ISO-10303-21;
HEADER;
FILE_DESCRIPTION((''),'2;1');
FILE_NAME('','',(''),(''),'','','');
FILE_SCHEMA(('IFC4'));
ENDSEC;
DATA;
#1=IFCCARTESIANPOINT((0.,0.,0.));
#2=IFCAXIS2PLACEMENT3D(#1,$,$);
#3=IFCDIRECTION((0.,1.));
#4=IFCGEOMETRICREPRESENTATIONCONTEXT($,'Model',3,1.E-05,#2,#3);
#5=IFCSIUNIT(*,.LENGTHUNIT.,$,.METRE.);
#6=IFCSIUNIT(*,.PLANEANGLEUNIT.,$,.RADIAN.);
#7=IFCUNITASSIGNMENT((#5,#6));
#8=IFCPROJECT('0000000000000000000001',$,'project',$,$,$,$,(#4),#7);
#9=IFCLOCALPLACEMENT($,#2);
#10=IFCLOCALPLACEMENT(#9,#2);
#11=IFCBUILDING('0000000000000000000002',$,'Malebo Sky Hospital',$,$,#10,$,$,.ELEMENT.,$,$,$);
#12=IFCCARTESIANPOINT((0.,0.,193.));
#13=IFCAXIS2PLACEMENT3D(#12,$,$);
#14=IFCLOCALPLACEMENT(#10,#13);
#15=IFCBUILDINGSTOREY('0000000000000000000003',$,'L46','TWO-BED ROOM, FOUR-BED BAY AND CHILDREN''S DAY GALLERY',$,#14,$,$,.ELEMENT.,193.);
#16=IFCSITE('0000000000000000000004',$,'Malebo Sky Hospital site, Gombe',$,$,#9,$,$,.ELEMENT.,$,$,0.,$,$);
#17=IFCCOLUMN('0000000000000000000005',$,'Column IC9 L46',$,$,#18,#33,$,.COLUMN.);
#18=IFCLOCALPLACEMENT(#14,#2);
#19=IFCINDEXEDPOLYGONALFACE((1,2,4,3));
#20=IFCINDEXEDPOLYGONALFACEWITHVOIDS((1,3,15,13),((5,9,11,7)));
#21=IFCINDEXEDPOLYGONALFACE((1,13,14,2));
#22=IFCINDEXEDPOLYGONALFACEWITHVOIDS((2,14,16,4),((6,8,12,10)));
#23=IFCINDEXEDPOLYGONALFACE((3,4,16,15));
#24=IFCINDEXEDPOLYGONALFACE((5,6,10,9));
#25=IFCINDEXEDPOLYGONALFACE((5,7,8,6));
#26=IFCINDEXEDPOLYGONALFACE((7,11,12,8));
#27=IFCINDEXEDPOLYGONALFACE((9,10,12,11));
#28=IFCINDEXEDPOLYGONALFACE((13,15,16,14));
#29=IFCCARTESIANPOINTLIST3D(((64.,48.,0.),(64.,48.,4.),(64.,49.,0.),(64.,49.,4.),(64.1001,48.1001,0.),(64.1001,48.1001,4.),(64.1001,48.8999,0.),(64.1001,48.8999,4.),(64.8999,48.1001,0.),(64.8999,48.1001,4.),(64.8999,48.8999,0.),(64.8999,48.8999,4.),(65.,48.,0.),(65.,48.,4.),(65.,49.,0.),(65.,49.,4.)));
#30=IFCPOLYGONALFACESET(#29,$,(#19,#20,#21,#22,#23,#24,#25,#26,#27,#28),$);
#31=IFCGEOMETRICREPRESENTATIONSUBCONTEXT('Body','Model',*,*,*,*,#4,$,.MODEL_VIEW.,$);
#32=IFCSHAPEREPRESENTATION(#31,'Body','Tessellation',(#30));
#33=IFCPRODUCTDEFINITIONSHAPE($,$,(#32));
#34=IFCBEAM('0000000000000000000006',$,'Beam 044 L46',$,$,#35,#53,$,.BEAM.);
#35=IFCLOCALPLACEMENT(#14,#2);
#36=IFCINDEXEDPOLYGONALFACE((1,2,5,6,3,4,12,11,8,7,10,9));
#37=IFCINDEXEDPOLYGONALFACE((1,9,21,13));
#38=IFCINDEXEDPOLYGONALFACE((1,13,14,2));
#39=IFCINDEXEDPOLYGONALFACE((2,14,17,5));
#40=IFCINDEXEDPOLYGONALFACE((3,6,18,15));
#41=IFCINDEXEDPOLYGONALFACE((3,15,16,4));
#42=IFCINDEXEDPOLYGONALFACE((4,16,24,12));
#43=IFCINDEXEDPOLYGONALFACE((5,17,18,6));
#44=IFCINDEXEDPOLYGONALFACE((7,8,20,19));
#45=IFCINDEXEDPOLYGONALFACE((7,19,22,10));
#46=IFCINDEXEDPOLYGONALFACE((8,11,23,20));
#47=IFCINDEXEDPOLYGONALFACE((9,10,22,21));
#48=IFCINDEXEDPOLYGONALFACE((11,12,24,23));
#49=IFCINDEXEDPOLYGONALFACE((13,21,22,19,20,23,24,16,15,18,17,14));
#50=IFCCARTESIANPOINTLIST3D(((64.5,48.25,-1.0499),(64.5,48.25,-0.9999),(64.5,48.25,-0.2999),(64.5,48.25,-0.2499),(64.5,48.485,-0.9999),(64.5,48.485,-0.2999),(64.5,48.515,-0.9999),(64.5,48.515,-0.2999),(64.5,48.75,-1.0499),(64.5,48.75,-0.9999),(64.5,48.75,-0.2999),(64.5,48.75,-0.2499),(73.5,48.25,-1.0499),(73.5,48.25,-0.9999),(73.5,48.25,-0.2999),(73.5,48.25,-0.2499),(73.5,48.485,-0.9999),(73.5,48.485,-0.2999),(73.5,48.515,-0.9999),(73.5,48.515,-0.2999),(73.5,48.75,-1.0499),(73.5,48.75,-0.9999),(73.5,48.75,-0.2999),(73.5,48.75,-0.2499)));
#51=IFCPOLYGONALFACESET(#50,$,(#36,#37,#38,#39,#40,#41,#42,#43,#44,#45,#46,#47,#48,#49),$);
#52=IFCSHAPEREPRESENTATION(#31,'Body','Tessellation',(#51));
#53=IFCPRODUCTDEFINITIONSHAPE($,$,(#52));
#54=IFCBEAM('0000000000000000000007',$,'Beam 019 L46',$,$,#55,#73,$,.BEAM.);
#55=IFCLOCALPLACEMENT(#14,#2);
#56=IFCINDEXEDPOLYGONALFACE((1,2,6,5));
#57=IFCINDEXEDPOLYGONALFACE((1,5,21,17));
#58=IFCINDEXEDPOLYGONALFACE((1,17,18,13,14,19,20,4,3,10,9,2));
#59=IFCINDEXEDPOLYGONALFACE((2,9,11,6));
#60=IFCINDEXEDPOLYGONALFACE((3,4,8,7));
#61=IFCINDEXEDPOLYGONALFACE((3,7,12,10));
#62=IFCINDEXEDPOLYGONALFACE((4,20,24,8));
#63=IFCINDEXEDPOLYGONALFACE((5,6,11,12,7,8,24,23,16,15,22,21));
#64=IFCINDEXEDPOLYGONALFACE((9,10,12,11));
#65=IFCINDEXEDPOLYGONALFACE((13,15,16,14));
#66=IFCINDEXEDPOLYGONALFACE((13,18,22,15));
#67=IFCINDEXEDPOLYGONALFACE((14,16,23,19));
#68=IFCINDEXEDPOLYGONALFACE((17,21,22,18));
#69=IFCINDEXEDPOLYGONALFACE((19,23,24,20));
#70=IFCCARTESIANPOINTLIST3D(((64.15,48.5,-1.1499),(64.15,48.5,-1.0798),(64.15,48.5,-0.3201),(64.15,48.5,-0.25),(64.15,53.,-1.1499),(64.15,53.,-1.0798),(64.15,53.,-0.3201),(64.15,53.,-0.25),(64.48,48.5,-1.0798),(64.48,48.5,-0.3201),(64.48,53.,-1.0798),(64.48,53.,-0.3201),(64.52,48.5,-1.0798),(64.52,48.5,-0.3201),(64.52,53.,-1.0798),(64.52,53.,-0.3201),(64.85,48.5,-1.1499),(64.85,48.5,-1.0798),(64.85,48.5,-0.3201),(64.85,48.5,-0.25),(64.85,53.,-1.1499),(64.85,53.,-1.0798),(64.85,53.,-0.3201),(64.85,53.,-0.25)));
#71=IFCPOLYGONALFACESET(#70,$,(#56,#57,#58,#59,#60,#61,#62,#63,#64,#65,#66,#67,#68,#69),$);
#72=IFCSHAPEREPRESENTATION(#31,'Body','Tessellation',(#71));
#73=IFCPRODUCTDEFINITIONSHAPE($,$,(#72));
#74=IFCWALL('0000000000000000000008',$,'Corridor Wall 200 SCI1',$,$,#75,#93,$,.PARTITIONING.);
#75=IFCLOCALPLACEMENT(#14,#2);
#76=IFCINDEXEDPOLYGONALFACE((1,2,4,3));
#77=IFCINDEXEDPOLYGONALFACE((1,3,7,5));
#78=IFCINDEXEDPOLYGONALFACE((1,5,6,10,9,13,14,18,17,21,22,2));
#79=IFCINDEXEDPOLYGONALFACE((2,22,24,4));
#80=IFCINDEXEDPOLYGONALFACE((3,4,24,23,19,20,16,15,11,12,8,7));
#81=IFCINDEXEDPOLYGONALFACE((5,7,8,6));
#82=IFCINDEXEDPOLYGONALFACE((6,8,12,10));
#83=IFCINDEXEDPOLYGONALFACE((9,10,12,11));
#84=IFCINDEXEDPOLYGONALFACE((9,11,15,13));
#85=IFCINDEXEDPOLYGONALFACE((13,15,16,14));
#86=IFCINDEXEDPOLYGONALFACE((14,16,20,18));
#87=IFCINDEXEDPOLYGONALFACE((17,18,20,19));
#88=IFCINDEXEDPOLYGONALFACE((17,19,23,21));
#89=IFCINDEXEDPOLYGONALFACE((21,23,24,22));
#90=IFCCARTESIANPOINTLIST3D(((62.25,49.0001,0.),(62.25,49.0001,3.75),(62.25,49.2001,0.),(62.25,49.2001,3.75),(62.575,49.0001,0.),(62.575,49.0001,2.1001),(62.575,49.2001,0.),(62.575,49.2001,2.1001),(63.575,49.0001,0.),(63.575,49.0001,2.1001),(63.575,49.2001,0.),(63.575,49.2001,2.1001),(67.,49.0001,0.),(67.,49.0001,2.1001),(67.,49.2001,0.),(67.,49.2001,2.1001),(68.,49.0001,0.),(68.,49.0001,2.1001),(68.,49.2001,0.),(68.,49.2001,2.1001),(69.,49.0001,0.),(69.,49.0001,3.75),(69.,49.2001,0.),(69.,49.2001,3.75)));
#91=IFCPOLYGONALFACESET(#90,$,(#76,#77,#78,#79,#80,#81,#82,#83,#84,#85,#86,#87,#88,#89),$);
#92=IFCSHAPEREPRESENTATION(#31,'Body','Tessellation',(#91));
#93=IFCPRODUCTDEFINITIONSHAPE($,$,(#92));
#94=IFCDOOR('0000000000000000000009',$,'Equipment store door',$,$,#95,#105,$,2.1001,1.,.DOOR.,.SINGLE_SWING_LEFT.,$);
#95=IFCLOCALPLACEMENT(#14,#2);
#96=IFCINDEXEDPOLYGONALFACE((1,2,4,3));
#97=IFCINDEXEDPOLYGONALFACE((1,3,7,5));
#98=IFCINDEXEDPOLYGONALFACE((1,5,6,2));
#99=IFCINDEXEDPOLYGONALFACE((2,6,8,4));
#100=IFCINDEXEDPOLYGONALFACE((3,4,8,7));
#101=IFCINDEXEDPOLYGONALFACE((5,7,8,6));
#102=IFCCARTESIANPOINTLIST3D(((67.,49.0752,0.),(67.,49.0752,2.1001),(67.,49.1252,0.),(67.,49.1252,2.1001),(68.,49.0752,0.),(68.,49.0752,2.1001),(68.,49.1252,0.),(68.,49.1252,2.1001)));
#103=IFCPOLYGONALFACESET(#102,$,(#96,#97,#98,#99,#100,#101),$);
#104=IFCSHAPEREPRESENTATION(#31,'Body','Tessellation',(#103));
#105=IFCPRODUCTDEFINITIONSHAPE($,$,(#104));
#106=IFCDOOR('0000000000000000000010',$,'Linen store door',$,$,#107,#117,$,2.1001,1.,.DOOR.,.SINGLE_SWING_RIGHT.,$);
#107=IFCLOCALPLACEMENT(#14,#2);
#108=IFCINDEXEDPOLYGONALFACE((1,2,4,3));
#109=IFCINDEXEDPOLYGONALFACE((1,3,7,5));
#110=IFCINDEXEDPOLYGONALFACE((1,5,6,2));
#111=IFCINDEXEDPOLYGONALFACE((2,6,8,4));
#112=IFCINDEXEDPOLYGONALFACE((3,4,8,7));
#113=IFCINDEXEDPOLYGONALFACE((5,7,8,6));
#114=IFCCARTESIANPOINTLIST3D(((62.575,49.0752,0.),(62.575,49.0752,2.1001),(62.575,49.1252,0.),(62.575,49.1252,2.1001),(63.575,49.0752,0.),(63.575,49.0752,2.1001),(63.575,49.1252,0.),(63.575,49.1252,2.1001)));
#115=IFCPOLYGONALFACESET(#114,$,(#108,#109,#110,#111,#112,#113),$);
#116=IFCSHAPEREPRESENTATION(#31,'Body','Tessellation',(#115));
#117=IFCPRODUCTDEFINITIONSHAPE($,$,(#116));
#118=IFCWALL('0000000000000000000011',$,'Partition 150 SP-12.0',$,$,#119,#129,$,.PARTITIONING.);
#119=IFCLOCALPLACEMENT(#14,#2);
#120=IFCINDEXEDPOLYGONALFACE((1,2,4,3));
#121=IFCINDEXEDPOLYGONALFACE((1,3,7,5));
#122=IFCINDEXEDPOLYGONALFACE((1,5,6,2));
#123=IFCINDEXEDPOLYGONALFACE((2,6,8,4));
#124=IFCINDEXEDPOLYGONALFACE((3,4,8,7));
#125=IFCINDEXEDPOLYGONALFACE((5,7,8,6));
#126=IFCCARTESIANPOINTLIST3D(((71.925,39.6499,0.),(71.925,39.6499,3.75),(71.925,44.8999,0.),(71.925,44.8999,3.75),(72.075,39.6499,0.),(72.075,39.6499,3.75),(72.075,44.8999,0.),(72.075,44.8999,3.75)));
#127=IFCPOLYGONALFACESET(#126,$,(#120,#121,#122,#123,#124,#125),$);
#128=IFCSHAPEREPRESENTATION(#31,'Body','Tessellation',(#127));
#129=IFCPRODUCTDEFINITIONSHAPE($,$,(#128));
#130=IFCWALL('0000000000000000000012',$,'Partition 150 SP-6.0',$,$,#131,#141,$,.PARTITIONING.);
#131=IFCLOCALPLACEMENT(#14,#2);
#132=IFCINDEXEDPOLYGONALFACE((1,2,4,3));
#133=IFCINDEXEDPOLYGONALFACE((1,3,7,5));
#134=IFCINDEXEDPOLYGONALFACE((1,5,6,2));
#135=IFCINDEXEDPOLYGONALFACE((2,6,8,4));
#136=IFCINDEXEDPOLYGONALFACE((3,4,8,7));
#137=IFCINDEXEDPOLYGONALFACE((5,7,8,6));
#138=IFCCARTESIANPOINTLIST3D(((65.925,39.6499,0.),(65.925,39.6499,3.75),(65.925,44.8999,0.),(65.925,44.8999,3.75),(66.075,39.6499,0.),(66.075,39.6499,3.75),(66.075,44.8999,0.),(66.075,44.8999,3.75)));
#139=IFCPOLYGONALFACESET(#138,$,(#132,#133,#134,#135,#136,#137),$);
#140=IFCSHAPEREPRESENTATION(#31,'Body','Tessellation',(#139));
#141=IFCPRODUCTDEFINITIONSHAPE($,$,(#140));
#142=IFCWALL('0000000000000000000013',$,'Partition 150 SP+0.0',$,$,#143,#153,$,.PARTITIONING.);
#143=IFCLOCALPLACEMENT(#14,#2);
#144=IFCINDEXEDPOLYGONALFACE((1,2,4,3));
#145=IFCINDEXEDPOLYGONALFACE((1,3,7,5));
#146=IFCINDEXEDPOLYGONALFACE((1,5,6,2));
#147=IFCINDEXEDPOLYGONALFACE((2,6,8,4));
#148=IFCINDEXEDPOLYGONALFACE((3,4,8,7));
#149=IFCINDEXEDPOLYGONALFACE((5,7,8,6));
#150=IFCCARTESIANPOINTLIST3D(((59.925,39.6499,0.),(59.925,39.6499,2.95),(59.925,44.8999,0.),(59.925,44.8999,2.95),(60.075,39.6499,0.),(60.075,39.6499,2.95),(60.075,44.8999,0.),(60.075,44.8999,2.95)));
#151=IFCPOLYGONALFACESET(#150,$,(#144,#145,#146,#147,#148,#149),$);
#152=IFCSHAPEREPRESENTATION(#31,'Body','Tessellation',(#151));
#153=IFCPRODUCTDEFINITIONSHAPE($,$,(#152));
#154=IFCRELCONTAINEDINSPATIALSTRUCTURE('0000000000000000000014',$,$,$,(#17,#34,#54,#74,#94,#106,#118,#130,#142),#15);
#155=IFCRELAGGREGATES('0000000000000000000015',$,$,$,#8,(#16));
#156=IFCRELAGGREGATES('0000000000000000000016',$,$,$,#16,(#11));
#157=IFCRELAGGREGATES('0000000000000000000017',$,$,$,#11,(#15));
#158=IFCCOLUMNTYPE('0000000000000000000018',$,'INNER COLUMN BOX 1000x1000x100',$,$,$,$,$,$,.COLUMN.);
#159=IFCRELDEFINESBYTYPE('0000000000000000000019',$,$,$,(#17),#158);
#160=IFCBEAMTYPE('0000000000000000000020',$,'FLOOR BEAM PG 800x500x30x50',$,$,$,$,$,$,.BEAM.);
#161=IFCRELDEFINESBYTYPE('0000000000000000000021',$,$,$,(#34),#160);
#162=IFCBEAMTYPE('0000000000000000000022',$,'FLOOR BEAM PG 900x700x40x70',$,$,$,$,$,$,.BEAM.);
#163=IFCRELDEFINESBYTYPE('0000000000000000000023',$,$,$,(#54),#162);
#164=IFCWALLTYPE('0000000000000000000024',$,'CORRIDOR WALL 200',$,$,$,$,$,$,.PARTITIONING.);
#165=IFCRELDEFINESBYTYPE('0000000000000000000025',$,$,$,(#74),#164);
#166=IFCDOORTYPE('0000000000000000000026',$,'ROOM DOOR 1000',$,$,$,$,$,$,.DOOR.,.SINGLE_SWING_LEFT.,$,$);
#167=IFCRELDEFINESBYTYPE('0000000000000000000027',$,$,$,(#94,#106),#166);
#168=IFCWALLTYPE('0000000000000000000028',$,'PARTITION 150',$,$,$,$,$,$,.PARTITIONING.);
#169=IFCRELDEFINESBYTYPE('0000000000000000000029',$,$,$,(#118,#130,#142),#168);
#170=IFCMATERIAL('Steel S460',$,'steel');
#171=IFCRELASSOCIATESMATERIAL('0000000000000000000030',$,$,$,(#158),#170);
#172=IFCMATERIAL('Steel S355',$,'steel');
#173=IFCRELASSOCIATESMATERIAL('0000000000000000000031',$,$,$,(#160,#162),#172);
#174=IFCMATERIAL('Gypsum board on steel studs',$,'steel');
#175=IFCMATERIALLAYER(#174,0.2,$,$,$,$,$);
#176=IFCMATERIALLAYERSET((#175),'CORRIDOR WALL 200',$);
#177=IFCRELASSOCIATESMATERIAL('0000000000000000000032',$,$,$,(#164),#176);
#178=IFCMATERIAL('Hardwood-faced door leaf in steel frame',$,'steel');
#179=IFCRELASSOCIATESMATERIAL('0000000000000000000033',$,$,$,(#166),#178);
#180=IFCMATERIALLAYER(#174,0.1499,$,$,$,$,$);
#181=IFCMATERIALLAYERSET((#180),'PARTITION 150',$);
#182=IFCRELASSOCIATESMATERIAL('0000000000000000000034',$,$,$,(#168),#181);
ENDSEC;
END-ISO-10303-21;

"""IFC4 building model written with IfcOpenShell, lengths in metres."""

from ifc_helpers import new_model, si_unit, direction, frame, frame_2d, origin, origin_2d, place, context, subcontext, project, spatial, rectangle, hollow_rectangle, i_section, extrude, material, layer, layer_set, material_profile, profile_set, type_object, element, fill, save


model = new_model("IFC4")

# Units and contexts
model_context = context("Model", 3, precision=1e-05, world=origin(), true_north=direction((0.0, 1.0)))
body_context = subcontext(model_context, "Body", "Model", "MODEL_VIEW")
ifc_project = project(units=[si_unit("LENGTHUNIT", "METRE"), si_unit("PLANEANGLEUNIT", "RADIAN")], contexts=[model_context])

# Site, building, storey
site_placement = place(None, origin())
site = spatial("IfcSite", under=ifc_project, at=site_placement, Name="Malebo Sky Hospital site, Gombe", CompositionType="ELEMENT", RefElevation=0.0)
building_placement = place(site_placement, origin())
building = spatial("IfcBuilding", under=site, at=building_placement, Name="Malebo Sky Hospital", CompositionType="ELEMENT")
storey_placement = place(building_placement, frame((0.0, 0.0, 193.0)))
storey = spatial("IfcBuildingStorey", under=building, at=storey_placement, Name="L46", Description="TWO-BED ROOM, FOUR-BED BAY AND CHILDREN'S DAY GALLERY", CompositionType="ELEMENT", Elevation=193.0)

# Column
ifc_material_1 = material(Name="Steel S460", Category="steel")
ifc_material_profile_1 = material_profile(ifc_material_1, hollow_rectangle(XDim=1.0, YDim=1.0, WallThickness=0.1001, at=origin_2d()), Name="BOX 1000x1000x100")
ifc_profile_set_1 = profile_set([ifc_material_profile_1], Name="Steel S460")
column_type = type_object("IfcColumnType", Name="INNER COLUMN BOX 1000x1000x100", PredefinedType="COLUMN", material=ifc_profile_set_1)
column_placement = place(storey_placement, frame((64.5, 48.5, 0.0), z_axis=(0.0, 0.0, 1.0), x_axis=(1.0, 0.0, 0.0)))
element("IfcColumn", 1, at=column_placement, inside=storey, type_object=column_type, Name="Column IC9 L46", PredefinedType="COLUMN", context=body_context, shape_type="SweptSolid", body=[
    extrude(hollow_rectangle(XDim=1.0, YDim=1.0, WallThickness=0.1001, at=origin_2d()), origin(), (0.0, 0.0, 1.0), 4.0),
])

# Beams
ifc_material_2 = material(Name="Steel S355", Category="steel")
ifc_material_profile_2 = material_profile(ifc_material_2, i_section(OverallWidth=0.5, OverallDepth=0.8, WebThickness=0.03, FlangeThickness=0.05, at=origin_2d()), Name="PG 800x500x30x50")
ifc_profile_set_2 = profile_set([ifc_material_profile_2], Name="Steel S355")
beam_type_1 = type_object("IfcBeamType", Name="FLOOR BEAM PG 800x500x30x50", PredefinedType="BEAM", material=ifc_profile_set_2)
beam_1_placement = place(storey_placement, frame((64.5, 48.5, -0.6499), z_axis=(1.0, 0.0, 0.0), x_axis=(0.0, 1.0, 0.0)))
element("IfcBeam", 2, at=beam_1_placement, inside=storey, type_object=beam_type_1, Name="Beam 044 L46", PredefinedType="BEAM", context=body_context, shape_type="SweptSolid", body=[
    extrude(i_section(OverallWidth=0.5, OverallDepth=0.8, WebThickness=0.03, FlangeThickness=0.05, at=origin_2d()), origin(), (0.0, 0.0, 1.0), 9.0),
])
ifc_material_profile_3 = material_profile(ifc_material_2, i_section(OverallWidth=0.7, OverallDepth=0.8999, WebThickness=0.04, FlangeThickness=0.0701, at=origin_2d()), Name="PG 900x700x40x70")
ifc_profile_set_3 = profile_set([ifc_material_profile_3], Name="Steel S355")
beam_type_2 = type_object("IfcBeamType", Name="FLOOR BEAM PG 900x700x40x70", PredefinedType="BEAM", material=ifc_profile_set_3)
beam_2_placement = place(storey_placement, frame((64.5, 48.5, -0.7), z_axis=(0.0, 1.0, 0.0), x_axis=(-1.0, 0.0, 0.0)))
element("IfcBeam", 3, at=beam_2_placement, inside=storey, type_object=beam_type_2, Name="Beam 019 L46", PredefinedType="BEAM", context=body_context, shape_type="SweptSolid", body=[
    extrude(i_section(OverallWidth=0.7, OverallDepth=0.8999, WebThickness=0.04, FlangeThickness=0.0701, at=origin_2d()), origin(), (0.0, 0.0, 1.0), 4.5),
])

# Wall, openings, doors
ifc_material_3 = material(Name="Gypsum board on steel studs", Category="steel")
ifc_layer_1 = layer(ifc_material_3, 0.2)
ifc_layer_set_1 = layer_set([ifc_layer_1], Name="CORRIDOR WALL 200")
wall_type_1 = type_object("IfcWallType", Name="CORRIDOR WALL 200", PredefinedType="PARTITIONING", material=ifc_layer_set_1)
wall_1_placement = place(storey_placement, frame((69.0, 49.1001, 0.0), z_axis=(0.0, 0.0, 1.0), x_axis=(-1.0, 0.0, 0.0)))
wall_1 = element("IfcWall", 4, at=wall_1_placement, inside=storey, type_object=wall_type_1, Name="Corridor Wall 200 SCI1", PredefinedType="PARTITIONING", context=body_context, shape_type="SweptSolid", body=[
    extrude(rectangle(XDim=6.75, YDim=0.2, at=frame_2d((3.375, 0.0))), origin(), (0.0, 0.0, 1.0), 3.75),
])
opening_1_placement = place(wall_1_placement, frame((1.0, 0.0, 0.0)))
opening_1 = element("IfcOpeningElement", 5, at=opening_1_placement, cuts=wall_1, PredefinedType="OPENING", context=body_context, shape_type="SweptSolid", body=[
    extrude(rectangle(XDim=1.0, YDim=2.1001, at=frame_2d((0.5, 1.05))), frame((0.0, 0.1099, 0.0), z_axis=(0.0, -1.0, 0.0), x_axis=(1.0, 0.0, 0.0)), (0.0, 0.0, 1.0), 0.22),
])
opening_2_placement = place(wall_1_placement, frame((5.425, 0.0, 0.0)))
opening_2 = element("IfcOpeningElement", 6, at=opening_2_placement, cuts=wall_1, PredefinedType="OPENING", context=body_context, shape_type="SweptSolid", body=[
    extrude(rectangle(XDim=1.0, YDim=2.1001, at=frame_2d((0.5, 1.05))), frame((0.0, 0.1099, 0.0), z_axis=(0.0, -1.0, 0.0), x_axis=(1.0, 0.0, 0.0)), (0.0, 0.0, 1.0), 0.22),
])
ifc_material_4 = material(Name="Hardwood-faced door leaf in steel frame", Category="steel")
door_type_1 = type_object("IfcDoorType", Name="ROOM DOOR 1000", OperationType="SINGLE_SWING_LEFT", PredefinedType="DOOR", material=ifc_material_4)
door_1_placement = place(opening_1_placement, origin())
door_1 = element("IfcDoor", 7, at=door_1_placement, inside=storey, type_object=door_type_1, Name="Equipment store door", OperationType="SINGLE_SWING_LEFT", OverallHeight=2.1001, OverallWidth=1.0, PredefinedType="DOOR", context=body_context, shape_type="SweptSolid", body=[
    extrude(rectangle(XDim=1.0, YDim=2.1001, at=frame_2d((0.5, 1.05))), frame((0.0, 0.0249, 0.0), z_axis=(0.0, -1.0, 0.0), x_axis=(1.0, 0.0, 0.0)), (0.0, 0.0, 1.0), 0.05),
])
fill(opening_1, door_1)
door_2_placement = place(opening_2_placement, origin())
door_2 = element("IfcDoor", 8, at=door_2_placement, inside=storey, type_object=door_type_1, Name="Linen store door", OperationType="SINGLE_SWING_RIGHT", OverallHeight=2.1001, OverallWidth=1.0, PredefinedType="DOOR", context=body_context, shape_type="SweptSolid", body=[
    extrude(rectangle(XDim=1.0, YDim=2.1001, at=frame_2d((0.5, 1.05))), frame((0.0, 0.0249, 0.0), z_axis=(0.0, -1.0, 0.0), x_axis=(1.0, 0.0, 0.0)), (0.0, 0.0, 1.0), 0.05),
])
fill(opening_2, door_2)

# Walls
ifc_layer_2 = layer(ifc_material_3, 0.1499)
ifc_layer_set_2 = layer_set([ifc_layer_2], Name="PARTITION 150")
wall_type_2 = type_object("IfcWallType", Name="PARTITION 150", PredefinedType="PARTITIONING", material=ifc_layer_set_2)
for number, where, z_axis, x_axis, name in (
    (9, (72.0, 44.8999, 0.0), (0.0, 0.0, 1.0), (0.0, -1.0, 0.0), "Partition 150 SP-12.0"),
    (10, (66.0, 44.8999, 0.0), (0.0, 0.0, 1.0), (0.0, -1.0, 0.0), "Partition 150 SP-6.0"),
):
    element("IfcWall", number, at=place(storey_placement, frame(where, z_axis=z_axis, x_axis=x_axis)), inside=storey, type_object=wall_type_2, Name=name, PredefinedType="PARTITIONING", context=body_context, shape_type="SweptSolid", body=[
        extrude(rectangle(XDim=5.25, YDim=0.1499, at=frame_2d((2.625, 0.0))), origin(), (0.0, 0.0, 1.0), 3.75),
    ])
wall_2_placement = place(storey_placement, frame((60.0, 44.8999, 0.0), z_axis=(0.0, 0.0, 1.0), x_axis=(0.0, -1.0, 0.0)))
element("IfcWall", 11, at=wall_2_placement, inside=storey, type_object=wall_type_2, Name="Partition 150 SP+0.0", PredefinedType="PARTITIONING", context=body_context, shape_type="SweptSolid", body=[
    extrude(rectangle(XDim=5.25, YDim=0.1499, at=frame_2d((2.625, 0.0))), origin(), (0.0, 0.0, 1.0), 2.95),
])

save(model, "model.ifc")
